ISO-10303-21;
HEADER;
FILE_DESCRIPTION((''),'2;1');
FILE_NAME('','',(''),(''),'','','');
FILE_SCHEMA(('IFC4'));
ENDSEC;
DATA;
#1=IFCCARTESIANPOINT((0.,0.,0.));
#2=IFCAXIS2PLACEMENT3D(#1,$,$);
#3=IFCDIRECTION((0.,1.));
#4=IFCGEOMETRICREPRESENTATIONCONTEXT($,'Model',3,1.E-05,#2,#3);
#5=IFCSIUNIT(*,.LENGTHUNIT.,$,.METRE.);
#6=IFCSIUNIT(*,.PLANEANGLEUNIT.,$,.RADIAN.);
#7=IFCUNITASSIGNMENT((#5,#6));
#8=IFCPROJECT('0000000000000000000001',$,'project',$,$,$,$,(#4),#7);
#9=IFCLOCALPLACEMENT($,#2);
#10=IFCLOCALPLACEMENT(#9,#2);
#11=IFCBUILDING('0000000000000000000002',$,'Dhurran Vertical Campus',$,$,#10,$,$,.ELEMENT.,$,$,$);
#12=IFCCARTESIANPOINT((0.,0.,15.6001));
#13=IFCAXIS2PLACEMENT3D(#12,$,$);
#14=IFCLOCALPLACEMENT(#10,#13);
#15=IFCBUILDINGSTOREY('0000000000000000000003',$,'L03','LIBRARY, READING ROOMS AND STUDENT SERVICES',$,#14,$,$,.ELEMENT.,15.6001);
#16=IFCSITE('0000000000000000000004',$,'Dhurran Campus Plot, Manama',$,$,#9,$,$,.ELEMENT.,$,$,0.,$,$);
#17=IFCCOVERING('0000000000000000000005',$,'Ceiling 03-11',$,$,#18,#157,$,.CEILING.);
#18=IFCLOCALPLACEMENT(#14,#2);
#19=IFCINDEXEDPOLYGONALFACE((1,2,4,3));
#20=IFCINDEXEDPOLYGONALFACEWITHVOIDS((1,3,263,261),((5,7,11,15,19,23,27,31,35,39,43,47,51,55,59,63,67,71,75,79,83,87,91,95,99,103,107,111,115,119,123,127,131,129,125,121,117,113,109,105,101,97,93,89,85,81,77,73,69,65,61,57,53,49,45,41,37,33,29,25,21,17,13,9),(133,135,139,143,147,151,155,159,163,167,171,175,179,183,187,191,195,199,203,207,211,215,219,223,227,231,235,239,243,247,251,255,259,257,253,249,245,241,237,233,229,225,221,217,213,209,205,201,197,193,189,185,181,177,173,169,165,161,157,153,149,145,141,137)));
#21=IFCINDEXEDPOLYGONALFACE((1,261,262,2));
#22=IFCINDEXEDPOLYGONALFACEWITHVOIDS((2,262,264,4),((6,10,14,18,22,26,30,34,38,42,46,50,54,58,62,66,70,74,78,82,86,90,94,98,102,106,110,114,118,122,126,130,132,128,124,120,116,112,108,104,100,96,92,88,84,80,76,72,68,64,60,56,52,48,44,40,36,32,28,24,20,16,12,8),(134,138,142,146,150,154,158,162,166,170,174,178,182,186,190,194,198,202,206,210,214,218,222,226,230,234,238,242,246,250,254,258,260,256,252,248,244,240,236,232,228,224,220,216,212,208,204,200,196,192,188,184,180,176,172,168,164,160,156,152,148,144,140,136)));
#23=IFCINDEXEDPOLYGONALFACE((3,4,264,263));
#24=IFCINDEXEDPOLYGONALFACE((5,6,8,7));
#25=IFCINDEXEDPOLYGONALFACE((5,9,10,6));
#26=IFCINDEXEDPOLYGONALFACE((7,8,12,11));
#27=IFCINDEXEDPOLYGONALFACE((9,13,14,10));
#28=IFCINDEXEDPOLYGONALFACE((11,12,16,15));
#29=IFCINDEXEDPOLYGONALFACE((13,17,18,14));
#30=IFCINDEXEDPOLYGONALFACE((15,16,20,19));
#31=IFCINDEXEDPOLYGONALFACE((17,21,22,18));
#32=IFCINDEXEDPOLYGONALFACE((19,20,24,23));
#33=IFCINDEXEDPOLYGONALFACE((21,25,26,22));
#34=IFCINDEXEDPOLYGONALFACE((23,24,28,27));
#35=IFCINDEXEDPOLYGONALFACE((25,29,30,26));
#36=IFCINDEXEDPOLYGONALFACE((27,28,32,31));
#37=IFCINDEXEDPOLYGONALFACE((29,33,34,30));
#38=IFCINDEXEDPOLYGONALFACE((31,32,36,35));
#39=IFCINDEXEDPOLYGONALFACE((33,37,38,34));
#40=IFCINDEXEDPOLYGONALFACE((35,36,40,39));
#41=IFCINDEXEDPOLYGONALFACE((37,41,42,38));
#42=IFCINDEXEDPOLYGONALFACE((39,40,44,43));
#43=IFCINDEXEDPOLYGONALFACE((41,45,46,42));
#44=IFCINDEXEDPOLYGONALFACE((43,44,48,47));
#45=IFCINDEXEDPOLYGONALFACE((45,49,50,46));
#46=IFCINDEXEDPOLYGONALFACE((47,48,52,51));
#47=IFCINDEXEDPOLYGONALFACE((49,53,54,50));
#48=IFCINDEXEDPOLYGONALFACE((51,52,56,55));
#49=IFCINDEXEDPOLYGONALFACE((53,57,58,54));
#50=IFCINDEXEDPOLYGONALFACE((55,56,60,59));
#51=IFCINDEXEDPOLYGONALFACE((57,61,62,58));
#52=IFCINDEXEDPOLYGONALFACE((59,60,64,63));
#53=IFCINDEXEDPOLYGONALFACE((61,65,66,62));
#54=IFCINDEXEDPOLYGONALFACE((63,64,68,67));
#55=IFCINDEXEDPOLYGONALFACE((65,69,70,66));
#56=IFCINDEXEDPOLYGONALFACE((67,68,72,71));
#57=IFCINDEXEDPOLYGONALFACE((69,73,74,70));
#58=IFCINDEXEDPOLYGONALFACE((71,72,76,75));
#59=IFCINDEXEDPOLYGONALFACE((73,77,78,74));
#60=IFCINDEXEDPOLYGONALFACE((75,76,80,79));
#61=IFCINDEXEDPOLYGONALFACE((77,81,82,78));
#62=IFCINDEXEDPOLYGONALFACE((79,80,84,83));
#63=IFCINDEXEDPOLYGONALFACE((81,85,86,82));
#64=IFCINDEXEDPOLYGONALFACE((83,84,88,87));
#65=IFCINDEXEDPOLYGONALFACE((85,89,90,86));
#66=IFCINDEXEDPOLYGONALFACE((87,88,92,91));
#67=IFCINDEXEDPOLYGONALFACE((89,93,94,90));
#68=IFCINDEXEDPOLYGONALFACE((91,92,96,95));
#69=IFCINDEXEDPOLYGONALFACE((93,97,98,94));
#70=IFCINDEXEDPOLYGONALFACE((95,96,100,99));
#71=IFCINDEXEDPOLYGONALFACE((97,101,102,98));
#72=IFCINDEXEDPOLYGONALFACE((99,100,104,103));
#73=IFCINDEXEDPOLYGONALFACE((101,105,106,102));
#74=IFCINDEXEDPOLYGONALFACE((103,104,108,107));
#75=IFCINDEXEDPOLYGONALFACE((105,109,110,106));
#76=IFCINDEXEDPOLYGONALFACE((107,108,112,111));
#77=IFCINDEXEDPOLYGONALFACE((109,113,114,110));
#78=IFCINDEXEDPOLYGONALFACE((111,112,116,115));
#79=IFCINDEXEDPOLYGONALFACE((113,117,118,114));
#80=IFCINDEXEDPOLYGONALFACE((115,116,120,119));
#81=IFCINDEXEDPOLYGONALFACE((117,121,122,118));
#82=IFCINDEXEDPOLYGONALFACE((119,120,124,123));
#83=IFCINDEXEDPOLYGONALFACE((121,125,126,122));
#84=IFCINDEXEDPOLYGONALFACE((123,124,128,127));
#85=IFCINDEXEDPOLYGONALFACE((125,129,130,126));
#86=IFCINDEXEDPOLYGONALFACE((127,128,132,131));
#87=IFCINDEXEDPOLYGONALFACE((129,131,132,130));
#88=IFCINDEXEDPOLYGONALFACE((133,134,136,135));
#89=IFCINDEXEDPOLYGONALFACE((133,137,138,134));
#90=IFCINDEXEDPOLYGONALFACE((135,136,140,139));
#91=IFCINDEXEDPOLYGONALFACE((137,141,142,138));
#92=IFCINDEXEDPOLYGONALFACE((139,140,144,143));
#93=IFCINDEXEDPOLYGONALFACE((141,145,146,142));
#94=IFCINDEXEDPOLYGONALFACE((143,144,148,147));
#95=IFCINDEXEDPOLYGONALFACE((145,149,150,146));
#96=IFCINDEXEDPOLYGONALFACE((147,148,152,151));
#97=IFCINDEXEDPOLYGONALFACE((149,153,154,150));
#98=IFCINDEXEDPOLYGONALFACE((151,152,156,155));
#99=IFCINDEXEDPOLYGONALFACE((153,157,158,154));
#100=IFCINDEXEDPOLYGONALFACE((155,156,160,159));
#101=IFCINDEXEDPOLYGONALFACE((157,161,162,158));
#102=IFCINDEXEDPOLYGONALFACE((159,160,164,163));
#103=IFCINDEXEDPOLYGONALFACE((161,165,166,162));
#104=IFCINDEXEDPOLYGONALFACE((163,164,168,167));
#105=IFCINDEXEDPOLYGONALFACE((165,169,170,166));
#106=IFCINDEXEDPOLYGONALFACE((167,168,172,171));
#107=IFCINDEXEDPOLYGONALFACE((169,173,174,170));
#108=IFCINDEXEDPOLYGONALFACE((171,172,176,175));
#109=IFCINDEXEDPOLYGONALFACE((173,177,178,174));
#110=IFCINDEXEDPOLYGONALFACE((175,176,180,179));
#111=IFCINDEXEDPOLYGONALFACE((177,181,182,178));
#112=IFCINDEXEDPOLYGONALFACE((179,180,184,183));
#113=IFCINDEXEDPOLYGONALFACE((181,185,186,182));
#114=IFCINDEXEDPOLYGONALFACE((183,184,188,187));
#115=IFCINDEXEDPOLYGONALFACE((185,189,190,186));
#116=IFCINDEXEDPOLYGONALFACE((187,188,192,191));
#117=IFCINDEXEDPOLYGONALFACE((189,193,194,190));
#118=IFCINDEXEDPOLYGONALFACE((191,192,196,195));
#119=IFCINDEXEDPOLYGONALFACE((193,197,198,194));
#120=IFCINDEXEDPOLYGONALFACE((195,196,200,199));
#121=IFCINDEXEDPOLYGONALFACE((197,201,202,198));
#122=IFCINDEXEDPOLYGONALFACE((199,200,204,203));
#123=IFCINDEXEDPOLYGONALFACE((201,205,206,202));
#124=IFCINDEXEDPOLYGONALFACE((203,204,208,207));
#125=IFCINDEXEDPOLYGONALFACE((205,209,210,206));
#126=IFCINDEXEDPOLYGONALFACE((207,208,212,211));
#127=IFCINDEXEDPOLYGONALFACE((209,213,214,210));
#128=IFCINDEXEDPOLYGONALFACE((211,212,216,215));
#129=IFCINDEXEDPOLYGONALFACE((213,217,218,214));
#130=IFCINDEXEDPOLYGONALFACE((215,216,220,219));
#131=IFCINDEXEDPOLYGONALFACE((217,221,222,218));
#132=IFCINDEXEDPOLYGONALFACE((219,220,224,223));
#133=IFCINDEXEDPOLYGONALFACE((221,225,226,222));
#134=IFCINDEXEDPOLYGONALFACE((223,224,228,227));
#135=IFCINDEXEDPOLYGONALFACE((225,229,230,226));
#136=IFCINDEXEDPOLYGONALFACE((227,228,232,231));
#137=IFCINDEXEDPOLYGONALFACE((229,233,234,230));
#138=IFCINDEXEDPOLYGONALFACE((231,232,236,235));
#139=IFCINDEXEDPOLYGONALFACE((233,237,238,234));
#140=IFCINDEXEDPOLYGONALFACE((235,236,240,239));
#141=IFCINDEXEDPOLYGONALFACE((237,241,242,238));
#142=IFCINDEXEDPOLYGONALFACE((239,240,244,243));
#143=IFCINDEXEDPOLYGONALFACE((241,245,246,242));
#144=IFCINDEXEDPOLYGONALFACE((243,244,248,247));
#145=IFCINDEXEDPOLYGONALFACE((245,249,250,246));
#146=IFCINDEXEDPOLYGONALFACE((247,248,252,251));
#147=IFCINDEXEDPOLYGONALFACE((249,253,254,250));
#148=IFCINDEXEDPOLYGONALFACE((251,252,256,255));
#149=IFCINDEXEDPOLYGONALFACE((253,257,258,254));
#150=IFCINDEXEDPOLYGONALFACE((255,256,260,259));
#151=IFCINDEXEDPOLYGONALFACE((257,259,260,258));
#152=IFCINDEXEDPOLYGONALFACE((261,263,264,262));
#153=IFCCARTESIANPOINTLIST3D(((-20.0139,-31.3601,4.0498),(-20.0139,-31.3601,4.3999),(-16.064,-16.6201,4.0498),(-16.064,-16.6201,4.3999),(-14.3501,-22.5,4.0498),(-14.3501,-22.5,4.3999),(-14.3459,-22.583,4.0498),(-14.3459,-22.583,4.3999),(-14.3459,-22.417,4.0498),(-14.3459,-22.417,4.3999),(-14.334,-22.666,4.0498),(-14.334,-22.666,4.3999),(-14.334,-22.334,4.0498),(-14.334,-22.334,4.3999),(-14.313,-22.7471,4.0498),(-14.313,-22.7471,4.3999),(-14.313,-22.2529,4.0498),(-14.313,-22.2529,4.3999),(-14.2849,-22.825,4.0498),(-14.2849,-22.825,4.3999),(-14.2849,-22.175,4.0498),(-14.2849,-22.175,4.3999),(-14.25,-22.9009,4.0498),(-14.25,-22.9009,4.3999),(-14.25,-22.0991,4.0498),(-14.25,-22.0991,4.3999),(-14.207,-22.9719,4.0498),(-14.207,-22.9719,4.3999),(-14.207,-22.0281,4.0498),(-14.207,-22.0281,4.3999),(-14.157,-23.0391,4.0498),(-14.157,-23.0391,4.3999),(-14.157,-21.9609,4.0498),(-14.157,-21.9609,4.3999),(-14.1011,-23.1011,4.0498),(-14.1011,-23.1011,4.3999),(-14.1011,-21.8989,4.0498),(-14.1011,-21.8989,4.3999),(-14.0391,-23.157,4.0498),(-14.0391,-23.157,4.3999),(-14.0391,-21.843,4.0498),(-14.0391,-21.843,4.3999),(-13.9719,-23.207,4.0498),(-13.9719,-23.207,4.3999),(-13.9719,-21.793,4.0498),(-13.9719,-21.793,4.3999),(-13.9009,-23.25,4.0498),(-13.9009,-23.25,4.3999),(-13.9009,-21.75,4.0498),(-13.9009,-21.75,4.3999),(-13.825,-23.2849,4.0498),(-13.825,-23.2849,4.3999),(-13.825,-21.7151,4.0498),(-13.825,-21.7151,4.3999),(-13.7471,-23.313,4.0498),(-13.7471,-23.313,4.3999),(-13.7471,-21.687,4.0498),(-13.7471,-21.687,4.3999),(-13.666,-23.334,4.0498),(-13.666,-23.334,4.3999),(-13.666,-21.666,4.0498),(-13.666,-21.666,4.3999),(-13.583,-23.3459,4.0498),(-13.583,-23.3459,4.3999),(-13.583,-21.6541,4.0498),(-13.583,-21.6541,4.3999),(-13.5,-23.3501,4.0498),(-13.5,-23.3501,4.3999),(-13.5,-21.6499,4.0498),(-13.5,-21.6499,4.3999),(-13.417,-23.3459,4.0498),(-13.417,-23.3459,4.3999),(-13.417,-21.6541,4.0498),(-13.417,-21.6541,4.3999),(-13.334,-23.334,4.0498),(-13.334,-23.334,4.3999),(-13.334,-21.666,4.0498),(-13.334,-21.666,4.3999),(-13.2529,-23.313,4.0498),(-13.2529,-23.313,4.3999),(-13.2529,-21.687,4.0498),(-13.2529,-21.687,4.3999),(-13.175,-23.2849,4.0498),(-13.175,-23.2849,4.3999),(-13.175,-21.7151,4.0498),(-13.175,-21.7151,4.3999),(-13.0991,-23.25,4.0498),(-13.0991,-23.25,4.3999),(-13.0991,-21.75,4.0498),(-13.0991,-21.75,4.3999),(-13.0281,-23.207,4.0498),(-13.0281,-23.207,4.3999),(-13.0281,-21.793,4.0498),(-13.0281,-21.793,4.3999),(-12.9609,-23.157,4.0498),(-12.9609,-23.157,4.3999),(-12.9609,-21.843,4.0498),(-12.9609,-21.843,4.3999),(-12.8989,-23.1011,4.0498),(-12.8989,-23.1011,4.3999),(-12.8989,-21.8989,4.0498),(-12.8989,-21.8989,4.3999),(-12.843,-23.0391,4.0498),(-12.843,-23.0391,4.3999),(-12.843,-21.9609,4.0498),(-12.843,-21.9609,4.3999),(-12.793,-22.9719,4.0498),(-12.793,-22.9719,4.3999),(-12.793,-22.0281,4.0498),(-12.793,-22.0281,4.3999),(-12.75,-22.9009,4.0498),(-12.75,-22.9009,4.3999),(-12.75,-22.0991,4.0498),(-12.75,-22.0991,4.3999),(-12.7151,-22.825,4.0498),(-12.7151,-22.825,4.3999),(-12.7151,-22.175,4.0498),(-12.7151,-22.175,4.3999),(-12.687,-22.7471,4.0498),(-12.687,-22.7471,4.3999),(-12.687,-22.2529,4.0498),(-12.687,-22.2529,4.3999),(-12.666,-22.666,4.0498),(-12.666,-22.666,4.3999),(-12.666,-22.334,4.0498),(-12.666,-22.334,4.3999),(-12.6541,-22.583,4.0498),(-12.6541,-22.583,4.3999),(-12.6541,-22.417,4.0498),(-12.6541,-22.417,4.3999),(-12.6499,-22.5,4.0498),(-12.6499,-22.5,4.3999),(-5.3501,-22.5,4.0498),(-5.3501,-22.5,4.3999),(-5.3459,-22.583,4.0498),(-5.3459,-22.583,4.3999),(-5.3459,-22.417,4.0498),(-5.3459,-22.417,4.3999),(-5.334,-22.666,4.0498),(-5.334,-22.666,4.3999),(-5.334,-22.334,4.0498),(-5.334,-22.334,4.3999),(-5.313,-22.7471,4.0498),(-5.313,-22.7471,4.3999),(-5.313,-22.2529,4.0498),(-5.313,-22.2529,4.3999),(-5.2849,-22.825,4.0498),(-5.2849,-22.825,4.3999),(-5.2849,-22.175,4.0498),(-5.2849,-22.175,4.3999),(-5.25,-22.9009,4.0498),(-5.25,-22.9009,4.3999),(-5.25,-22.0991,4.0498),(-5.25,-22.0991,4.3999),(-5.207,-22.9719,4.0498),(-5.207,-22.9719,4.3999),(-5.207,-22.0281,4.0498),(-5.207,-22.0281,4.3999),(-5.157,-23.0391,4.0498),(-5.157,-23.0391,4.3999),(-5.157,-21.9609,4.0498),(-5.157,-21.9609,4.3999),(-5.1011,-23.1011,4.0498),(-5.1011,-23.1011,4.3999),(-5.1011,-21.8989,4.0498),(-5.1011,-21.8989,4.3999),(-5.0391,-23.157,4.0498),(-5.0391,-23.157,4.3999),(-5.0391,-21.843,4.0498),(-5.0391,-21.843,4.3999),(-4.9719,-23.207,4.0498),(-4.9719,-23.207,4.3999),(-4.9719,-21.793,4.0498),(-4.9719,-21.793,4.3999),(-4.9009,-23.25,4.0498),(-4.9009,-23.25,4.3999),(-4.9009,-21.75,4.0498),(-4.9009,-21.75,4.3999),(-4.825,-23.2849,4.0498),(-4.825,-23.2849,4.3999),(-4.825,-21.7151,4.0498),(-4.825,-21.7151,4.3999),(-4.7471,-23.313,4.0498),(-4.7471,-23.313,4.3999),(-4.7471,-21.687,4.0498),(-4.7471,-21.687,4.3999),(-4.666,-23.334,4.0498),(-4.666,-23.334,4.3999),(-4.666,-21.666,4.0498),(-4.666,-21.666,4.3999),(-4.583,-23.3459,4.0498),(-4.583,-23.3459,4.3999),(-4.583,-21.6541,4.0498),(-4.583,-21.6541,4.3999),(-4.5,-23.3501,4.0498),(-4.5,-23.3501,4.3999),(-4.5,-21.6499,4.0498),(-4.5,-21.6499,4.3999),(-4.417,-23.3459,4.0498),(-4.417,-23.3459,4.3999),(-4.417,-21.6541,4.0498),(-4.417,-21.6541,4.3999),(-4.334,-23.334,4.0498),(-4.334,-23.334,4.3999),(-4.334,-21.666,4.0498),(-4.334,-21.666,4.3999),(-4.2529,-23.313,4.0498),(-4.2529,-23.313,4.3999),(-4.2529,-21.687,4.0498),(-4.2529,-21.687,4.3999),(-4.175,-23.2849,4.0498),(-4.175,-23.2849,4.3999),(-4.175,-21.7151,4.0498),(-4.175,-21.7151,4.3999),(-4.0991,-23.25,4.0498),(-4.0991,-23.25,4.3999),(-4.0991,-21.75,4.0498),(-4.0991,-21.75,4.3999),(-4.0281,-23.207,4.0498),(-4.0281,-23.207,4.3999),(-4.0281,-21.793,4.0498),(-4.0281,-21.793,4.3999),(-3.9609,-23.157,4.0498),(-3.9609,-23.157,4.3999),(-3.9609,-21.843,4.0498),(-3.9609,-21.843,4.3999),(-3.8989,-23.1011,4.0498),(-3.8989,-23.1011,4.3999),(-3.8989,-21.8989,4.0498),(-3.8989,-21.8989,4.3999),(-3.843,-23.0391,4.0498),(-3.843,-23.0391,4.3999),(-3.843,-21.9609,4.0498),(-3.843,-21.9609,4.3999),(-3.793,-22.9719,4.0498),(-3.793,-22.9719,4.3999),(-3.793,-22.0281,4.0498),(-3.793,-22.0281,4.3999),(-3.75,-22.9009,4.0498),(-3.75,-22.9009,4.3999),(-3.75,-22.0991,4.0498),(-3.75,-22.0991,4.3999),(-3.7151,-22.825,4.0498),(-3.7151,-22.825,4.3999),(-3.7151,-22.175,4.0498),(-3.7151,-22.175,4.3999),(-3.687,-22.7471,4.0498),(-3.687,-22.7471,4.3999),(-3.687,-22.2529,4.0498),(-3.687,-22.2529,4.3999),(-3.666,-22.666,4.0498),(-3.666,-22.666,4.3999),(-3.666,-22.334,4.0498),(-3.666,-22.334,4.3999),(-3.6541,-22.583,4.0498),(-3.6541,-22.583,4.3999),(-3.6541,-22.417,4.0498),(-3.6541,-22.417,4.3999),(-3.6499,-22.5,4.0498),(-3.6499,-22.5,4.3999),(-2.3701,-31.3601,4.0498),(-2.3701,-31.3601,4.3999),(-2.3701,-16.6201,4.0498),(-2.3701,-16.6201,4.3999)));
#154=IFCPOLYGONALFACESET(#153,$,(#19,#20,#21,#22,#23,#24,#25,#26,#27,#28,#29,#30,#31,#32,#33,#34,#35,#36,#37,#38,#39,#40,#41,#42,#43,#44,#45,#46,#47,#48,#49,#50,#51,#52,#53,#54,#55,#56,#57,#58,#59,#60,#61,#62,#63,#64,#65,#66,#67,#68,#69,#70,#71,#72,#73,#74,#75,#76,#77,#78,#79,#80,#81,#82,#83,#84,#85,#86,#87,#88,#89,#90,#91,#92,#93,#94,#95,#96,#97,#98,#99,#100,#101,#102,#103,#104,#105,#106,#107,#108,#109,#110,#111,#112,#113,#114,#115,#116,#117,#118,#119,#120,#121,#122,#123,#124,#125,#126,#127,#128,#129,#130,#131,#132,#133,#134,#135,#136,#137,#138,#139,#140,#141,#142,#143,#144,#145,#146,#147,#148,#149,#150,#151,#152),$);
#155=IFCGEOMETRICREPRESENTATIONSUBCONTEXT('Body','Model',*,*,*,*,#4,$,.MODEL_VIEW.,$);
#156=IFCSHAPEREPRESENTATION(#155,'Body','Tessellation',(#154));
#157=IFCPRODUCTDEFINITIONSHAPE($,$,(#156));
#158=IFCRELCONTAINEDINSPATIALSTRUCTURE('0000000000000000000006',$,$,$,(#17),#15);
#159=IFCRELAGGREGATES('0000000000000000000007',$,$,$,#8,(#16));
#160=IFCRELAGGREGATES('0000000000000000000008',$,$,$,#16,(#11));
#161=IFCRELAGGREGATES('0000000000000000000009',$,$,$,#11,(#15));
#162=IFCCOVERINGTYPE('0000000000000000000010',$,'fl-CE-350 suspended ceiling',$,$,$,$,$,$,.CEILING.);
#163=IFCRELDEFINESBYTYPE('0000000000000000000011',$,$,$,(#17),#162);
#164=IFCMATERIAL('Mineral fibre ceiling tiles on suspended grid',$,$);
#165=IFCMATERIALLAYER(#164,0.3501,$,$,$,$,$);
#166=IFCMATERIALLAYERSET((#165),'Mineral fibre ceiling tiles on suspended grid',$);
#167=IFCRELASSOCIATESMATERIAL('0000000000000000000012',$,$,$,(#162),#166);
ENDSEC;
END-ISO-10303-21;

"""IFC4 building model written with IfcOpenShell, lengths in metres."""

from ifc_helpers import new_model, si_unit, direction, frame, origin, place, context, subcontext, project, spatial, polyline, outline, extrude, material, layer, layer_set, type_object, element, save


model = new_model("IFC4")

# Units and contexts
model_context = context("Model", 3, precision=1e-05, world=origin(), true_north=direction((0.0, 1.0)))
body_context = subcontext(model_context, "Body", "Model", "MODEL_VIEW")
ifc_project = project(units=[si_unit("LENGTHUNIT", "METRE"), si_unit("PLANEANGLEUNIT", "RADIAN")], contexts=[model_context])

# Site, building, storey
site_placement = place(None, origin())
site = spatial("IfcSite", under=ifc_project, at=site_placement, Name="Dhurran Campus Plot, Manama", CompositionType="ELEMENT", RefElevation=0.0)
building_placement = place(site_placement, origin())
building = spatial("IfcBuilding", under=site, at=building_placement, Name="Dhurran Vertical Campus", CompositionType="ELEMENT")
storey_placement = place(building_placement, frame((0.0, 0.0, 15.6001)))
storey = spatial("IfcBuildingStorey", under=building, at=storey_placement, Name="L03", Description="LIBRARY, READING ROOMS AND STUDENT SERVICES", CompositionType="ELEMENT", Elevation=15.6001)

# Covering
ifc_material_1 = material(Name="Mineral fibre ceiling tiles on suspended grid")
ifc_layer_1 = layer(ifc_material_1, 0.3501)
ifc_layer_set_1 = layer_set([ifc_layer_1], Name="Mineral fibre ceiling tiles on suspended grid")
covering_type = type_object("IfcCoveringType", Name="fl-CE-350 suspended ceiling", PredefinedType="CEILING", material=ifc_layer_set_1)
covering_1_placement = place(storey_placement, frame((0.0, 0.0, 4.0498)))
element("IfcCovering", 1, at=covering_1_placement, inside=storey, type_object=covering_type, Name="Ceiling 03-11", PredefinedType="CEILING", context=body_context, shape_type="SweptSolid", body=[
    extrude(outline(polyline([(-2.3701, -31.3601), (-20.0139, -31.3601), (-16.064, -16.6201), (-2.3701, -16.6201), (-2.3701, -31.3601)]), holes=[polyline([(-13.175, -21.7151), (-13.2529, -21.687), (-13.334, -21.666), (-13.417, -21.6541), (-13.5, -21.6499), (-13.583, -21.6541), (-13.666, -21.666), (-13.7471, -21.687), (-13.825, -21.7151), (-13.9009, -21.75), (-13.9719, -21.793), (-14.0391, -21.843), (-14.1011, -21.8989), (-14.157, -21.9609), (-14.207, -22.0281), (-14.25, -22.0991), (-14.2849, -22.175), (-14.313, -22.2529), (-14.334, -22.334), (-14.3459, -22.417), (-14.3501, -22.5), (-14.3459, -22.583), (-14.334, -22.666), (-14.313, -22.7471), (-14.2849, -22.825), (-14.25, -22.9009), (-14.207, -22.9719), (-14.157, -23.0391), (-14.1011, -23.1011), (-14.0391, -23.157), (-13.9719, -23.207), (-13.9009, -23.25), (-13.825, -23.2849), (-13.7471, -23.313), (-13.666, -23.334), (-13.583, -23.3459), (-13.5, -23.3501), (-13.417, -23.3459), (-13.334, -23.334), (-13.2529, -23.313), (-13.175, -23.2849), (-13.0991, -23.25), (-13.0281, -23.207), (-12.9609, -23.157), (-12.8989, -23.1011), (-12.843, -23.0391), (-12.793, -22.9719), (-12.75, -22.9009), (-12.7151, -22.825), (-12.687, -22.7471), (-12.666, -22.666), (-12.6541, -22.583), (-12.6499, -22.5), (-12.6541, -22.417), (-12.666, -22.334), (-12.687, -22.2529), (-12.7151, -22.175), (-12.75, -22.0991), (-12.793, -22.0281), (-12.843, -21.9609), (-12.8989, -21.8989), (-12.9609, -21.843), (-13.0281, -21.793), (-13.0991, -21.75), (-13.175, -21.7151)]), polyline([(-4.0281, -21.793), (-4.0991, -21.75), (-4.175, -21.7151), (-4.2529, -21.687), (-4.334, -21.666), (-4.417, -21.6541), (-4.5, -21.6499), (-4.583, -21.6541), (-4.666, -21.666), (-4.7471, -21.687), (-4.825, -21.7151), (-4.9009, -21.75), (-4.9719, -21.793), (-5.0391, -21.843), (-5.1011, -21.8989), (-5.157, -21.9609), (-5.207, -22.0281), (-5.25, -22.0991), (-5.2849, -22.175), (-5.313, -22.2529), (-5.334, -22.334), (-5.3459, -22.417), (-5.3501, -22.5), (-5.3459, -22.583), (-5.334, -22.666), (-5.313, -22.7471), (-5.2849, -22.825), (-5.25, -22.9009), (-5.207, -22.9719), (-5.157, -23.0391), (-5.1011, -23.1011), (-5.0391, -23.157), (-4.9719, -23.207), (-4.9009, -23.25), (-4.825, -23.2849), (-4.7471, -23.313), (-4.666, -23.334), (-4.583, -23.3459), (-4.5, -23.3501), (-4.417, -23.3459), (-4.334, -23.334), (-4.2529, -23.313), (-4.175, -23.2849), (-4.0991, -23.25), (-4.0281, -23.207), (-3.9609, -23.157), (-3.8989, -23.1011), (-3.843, -23.0391), (-3.793, -22.9719), (-3.75, -22.9009), (-3.7151, -22.825), (-3.687, -22.7471), (-3.666, -22.666), (-3.6541, -22.583), (-3.6499, -22.5), (-3.6541, -22.417), (-3.666, -22.334), (-3.687, -22.2529), (-3.7151, -22.175), (-3.75, -22.0991), (-3.793, -22.0281), (-3.843, -21.9609), (-3.8989, -21.8989), (-3.9609, -21.843), (-4.0281, -21.793)])]), origin(), (0.0, 0.0, 1.0), 0.3501),
])

save(model, "model.ifc")
